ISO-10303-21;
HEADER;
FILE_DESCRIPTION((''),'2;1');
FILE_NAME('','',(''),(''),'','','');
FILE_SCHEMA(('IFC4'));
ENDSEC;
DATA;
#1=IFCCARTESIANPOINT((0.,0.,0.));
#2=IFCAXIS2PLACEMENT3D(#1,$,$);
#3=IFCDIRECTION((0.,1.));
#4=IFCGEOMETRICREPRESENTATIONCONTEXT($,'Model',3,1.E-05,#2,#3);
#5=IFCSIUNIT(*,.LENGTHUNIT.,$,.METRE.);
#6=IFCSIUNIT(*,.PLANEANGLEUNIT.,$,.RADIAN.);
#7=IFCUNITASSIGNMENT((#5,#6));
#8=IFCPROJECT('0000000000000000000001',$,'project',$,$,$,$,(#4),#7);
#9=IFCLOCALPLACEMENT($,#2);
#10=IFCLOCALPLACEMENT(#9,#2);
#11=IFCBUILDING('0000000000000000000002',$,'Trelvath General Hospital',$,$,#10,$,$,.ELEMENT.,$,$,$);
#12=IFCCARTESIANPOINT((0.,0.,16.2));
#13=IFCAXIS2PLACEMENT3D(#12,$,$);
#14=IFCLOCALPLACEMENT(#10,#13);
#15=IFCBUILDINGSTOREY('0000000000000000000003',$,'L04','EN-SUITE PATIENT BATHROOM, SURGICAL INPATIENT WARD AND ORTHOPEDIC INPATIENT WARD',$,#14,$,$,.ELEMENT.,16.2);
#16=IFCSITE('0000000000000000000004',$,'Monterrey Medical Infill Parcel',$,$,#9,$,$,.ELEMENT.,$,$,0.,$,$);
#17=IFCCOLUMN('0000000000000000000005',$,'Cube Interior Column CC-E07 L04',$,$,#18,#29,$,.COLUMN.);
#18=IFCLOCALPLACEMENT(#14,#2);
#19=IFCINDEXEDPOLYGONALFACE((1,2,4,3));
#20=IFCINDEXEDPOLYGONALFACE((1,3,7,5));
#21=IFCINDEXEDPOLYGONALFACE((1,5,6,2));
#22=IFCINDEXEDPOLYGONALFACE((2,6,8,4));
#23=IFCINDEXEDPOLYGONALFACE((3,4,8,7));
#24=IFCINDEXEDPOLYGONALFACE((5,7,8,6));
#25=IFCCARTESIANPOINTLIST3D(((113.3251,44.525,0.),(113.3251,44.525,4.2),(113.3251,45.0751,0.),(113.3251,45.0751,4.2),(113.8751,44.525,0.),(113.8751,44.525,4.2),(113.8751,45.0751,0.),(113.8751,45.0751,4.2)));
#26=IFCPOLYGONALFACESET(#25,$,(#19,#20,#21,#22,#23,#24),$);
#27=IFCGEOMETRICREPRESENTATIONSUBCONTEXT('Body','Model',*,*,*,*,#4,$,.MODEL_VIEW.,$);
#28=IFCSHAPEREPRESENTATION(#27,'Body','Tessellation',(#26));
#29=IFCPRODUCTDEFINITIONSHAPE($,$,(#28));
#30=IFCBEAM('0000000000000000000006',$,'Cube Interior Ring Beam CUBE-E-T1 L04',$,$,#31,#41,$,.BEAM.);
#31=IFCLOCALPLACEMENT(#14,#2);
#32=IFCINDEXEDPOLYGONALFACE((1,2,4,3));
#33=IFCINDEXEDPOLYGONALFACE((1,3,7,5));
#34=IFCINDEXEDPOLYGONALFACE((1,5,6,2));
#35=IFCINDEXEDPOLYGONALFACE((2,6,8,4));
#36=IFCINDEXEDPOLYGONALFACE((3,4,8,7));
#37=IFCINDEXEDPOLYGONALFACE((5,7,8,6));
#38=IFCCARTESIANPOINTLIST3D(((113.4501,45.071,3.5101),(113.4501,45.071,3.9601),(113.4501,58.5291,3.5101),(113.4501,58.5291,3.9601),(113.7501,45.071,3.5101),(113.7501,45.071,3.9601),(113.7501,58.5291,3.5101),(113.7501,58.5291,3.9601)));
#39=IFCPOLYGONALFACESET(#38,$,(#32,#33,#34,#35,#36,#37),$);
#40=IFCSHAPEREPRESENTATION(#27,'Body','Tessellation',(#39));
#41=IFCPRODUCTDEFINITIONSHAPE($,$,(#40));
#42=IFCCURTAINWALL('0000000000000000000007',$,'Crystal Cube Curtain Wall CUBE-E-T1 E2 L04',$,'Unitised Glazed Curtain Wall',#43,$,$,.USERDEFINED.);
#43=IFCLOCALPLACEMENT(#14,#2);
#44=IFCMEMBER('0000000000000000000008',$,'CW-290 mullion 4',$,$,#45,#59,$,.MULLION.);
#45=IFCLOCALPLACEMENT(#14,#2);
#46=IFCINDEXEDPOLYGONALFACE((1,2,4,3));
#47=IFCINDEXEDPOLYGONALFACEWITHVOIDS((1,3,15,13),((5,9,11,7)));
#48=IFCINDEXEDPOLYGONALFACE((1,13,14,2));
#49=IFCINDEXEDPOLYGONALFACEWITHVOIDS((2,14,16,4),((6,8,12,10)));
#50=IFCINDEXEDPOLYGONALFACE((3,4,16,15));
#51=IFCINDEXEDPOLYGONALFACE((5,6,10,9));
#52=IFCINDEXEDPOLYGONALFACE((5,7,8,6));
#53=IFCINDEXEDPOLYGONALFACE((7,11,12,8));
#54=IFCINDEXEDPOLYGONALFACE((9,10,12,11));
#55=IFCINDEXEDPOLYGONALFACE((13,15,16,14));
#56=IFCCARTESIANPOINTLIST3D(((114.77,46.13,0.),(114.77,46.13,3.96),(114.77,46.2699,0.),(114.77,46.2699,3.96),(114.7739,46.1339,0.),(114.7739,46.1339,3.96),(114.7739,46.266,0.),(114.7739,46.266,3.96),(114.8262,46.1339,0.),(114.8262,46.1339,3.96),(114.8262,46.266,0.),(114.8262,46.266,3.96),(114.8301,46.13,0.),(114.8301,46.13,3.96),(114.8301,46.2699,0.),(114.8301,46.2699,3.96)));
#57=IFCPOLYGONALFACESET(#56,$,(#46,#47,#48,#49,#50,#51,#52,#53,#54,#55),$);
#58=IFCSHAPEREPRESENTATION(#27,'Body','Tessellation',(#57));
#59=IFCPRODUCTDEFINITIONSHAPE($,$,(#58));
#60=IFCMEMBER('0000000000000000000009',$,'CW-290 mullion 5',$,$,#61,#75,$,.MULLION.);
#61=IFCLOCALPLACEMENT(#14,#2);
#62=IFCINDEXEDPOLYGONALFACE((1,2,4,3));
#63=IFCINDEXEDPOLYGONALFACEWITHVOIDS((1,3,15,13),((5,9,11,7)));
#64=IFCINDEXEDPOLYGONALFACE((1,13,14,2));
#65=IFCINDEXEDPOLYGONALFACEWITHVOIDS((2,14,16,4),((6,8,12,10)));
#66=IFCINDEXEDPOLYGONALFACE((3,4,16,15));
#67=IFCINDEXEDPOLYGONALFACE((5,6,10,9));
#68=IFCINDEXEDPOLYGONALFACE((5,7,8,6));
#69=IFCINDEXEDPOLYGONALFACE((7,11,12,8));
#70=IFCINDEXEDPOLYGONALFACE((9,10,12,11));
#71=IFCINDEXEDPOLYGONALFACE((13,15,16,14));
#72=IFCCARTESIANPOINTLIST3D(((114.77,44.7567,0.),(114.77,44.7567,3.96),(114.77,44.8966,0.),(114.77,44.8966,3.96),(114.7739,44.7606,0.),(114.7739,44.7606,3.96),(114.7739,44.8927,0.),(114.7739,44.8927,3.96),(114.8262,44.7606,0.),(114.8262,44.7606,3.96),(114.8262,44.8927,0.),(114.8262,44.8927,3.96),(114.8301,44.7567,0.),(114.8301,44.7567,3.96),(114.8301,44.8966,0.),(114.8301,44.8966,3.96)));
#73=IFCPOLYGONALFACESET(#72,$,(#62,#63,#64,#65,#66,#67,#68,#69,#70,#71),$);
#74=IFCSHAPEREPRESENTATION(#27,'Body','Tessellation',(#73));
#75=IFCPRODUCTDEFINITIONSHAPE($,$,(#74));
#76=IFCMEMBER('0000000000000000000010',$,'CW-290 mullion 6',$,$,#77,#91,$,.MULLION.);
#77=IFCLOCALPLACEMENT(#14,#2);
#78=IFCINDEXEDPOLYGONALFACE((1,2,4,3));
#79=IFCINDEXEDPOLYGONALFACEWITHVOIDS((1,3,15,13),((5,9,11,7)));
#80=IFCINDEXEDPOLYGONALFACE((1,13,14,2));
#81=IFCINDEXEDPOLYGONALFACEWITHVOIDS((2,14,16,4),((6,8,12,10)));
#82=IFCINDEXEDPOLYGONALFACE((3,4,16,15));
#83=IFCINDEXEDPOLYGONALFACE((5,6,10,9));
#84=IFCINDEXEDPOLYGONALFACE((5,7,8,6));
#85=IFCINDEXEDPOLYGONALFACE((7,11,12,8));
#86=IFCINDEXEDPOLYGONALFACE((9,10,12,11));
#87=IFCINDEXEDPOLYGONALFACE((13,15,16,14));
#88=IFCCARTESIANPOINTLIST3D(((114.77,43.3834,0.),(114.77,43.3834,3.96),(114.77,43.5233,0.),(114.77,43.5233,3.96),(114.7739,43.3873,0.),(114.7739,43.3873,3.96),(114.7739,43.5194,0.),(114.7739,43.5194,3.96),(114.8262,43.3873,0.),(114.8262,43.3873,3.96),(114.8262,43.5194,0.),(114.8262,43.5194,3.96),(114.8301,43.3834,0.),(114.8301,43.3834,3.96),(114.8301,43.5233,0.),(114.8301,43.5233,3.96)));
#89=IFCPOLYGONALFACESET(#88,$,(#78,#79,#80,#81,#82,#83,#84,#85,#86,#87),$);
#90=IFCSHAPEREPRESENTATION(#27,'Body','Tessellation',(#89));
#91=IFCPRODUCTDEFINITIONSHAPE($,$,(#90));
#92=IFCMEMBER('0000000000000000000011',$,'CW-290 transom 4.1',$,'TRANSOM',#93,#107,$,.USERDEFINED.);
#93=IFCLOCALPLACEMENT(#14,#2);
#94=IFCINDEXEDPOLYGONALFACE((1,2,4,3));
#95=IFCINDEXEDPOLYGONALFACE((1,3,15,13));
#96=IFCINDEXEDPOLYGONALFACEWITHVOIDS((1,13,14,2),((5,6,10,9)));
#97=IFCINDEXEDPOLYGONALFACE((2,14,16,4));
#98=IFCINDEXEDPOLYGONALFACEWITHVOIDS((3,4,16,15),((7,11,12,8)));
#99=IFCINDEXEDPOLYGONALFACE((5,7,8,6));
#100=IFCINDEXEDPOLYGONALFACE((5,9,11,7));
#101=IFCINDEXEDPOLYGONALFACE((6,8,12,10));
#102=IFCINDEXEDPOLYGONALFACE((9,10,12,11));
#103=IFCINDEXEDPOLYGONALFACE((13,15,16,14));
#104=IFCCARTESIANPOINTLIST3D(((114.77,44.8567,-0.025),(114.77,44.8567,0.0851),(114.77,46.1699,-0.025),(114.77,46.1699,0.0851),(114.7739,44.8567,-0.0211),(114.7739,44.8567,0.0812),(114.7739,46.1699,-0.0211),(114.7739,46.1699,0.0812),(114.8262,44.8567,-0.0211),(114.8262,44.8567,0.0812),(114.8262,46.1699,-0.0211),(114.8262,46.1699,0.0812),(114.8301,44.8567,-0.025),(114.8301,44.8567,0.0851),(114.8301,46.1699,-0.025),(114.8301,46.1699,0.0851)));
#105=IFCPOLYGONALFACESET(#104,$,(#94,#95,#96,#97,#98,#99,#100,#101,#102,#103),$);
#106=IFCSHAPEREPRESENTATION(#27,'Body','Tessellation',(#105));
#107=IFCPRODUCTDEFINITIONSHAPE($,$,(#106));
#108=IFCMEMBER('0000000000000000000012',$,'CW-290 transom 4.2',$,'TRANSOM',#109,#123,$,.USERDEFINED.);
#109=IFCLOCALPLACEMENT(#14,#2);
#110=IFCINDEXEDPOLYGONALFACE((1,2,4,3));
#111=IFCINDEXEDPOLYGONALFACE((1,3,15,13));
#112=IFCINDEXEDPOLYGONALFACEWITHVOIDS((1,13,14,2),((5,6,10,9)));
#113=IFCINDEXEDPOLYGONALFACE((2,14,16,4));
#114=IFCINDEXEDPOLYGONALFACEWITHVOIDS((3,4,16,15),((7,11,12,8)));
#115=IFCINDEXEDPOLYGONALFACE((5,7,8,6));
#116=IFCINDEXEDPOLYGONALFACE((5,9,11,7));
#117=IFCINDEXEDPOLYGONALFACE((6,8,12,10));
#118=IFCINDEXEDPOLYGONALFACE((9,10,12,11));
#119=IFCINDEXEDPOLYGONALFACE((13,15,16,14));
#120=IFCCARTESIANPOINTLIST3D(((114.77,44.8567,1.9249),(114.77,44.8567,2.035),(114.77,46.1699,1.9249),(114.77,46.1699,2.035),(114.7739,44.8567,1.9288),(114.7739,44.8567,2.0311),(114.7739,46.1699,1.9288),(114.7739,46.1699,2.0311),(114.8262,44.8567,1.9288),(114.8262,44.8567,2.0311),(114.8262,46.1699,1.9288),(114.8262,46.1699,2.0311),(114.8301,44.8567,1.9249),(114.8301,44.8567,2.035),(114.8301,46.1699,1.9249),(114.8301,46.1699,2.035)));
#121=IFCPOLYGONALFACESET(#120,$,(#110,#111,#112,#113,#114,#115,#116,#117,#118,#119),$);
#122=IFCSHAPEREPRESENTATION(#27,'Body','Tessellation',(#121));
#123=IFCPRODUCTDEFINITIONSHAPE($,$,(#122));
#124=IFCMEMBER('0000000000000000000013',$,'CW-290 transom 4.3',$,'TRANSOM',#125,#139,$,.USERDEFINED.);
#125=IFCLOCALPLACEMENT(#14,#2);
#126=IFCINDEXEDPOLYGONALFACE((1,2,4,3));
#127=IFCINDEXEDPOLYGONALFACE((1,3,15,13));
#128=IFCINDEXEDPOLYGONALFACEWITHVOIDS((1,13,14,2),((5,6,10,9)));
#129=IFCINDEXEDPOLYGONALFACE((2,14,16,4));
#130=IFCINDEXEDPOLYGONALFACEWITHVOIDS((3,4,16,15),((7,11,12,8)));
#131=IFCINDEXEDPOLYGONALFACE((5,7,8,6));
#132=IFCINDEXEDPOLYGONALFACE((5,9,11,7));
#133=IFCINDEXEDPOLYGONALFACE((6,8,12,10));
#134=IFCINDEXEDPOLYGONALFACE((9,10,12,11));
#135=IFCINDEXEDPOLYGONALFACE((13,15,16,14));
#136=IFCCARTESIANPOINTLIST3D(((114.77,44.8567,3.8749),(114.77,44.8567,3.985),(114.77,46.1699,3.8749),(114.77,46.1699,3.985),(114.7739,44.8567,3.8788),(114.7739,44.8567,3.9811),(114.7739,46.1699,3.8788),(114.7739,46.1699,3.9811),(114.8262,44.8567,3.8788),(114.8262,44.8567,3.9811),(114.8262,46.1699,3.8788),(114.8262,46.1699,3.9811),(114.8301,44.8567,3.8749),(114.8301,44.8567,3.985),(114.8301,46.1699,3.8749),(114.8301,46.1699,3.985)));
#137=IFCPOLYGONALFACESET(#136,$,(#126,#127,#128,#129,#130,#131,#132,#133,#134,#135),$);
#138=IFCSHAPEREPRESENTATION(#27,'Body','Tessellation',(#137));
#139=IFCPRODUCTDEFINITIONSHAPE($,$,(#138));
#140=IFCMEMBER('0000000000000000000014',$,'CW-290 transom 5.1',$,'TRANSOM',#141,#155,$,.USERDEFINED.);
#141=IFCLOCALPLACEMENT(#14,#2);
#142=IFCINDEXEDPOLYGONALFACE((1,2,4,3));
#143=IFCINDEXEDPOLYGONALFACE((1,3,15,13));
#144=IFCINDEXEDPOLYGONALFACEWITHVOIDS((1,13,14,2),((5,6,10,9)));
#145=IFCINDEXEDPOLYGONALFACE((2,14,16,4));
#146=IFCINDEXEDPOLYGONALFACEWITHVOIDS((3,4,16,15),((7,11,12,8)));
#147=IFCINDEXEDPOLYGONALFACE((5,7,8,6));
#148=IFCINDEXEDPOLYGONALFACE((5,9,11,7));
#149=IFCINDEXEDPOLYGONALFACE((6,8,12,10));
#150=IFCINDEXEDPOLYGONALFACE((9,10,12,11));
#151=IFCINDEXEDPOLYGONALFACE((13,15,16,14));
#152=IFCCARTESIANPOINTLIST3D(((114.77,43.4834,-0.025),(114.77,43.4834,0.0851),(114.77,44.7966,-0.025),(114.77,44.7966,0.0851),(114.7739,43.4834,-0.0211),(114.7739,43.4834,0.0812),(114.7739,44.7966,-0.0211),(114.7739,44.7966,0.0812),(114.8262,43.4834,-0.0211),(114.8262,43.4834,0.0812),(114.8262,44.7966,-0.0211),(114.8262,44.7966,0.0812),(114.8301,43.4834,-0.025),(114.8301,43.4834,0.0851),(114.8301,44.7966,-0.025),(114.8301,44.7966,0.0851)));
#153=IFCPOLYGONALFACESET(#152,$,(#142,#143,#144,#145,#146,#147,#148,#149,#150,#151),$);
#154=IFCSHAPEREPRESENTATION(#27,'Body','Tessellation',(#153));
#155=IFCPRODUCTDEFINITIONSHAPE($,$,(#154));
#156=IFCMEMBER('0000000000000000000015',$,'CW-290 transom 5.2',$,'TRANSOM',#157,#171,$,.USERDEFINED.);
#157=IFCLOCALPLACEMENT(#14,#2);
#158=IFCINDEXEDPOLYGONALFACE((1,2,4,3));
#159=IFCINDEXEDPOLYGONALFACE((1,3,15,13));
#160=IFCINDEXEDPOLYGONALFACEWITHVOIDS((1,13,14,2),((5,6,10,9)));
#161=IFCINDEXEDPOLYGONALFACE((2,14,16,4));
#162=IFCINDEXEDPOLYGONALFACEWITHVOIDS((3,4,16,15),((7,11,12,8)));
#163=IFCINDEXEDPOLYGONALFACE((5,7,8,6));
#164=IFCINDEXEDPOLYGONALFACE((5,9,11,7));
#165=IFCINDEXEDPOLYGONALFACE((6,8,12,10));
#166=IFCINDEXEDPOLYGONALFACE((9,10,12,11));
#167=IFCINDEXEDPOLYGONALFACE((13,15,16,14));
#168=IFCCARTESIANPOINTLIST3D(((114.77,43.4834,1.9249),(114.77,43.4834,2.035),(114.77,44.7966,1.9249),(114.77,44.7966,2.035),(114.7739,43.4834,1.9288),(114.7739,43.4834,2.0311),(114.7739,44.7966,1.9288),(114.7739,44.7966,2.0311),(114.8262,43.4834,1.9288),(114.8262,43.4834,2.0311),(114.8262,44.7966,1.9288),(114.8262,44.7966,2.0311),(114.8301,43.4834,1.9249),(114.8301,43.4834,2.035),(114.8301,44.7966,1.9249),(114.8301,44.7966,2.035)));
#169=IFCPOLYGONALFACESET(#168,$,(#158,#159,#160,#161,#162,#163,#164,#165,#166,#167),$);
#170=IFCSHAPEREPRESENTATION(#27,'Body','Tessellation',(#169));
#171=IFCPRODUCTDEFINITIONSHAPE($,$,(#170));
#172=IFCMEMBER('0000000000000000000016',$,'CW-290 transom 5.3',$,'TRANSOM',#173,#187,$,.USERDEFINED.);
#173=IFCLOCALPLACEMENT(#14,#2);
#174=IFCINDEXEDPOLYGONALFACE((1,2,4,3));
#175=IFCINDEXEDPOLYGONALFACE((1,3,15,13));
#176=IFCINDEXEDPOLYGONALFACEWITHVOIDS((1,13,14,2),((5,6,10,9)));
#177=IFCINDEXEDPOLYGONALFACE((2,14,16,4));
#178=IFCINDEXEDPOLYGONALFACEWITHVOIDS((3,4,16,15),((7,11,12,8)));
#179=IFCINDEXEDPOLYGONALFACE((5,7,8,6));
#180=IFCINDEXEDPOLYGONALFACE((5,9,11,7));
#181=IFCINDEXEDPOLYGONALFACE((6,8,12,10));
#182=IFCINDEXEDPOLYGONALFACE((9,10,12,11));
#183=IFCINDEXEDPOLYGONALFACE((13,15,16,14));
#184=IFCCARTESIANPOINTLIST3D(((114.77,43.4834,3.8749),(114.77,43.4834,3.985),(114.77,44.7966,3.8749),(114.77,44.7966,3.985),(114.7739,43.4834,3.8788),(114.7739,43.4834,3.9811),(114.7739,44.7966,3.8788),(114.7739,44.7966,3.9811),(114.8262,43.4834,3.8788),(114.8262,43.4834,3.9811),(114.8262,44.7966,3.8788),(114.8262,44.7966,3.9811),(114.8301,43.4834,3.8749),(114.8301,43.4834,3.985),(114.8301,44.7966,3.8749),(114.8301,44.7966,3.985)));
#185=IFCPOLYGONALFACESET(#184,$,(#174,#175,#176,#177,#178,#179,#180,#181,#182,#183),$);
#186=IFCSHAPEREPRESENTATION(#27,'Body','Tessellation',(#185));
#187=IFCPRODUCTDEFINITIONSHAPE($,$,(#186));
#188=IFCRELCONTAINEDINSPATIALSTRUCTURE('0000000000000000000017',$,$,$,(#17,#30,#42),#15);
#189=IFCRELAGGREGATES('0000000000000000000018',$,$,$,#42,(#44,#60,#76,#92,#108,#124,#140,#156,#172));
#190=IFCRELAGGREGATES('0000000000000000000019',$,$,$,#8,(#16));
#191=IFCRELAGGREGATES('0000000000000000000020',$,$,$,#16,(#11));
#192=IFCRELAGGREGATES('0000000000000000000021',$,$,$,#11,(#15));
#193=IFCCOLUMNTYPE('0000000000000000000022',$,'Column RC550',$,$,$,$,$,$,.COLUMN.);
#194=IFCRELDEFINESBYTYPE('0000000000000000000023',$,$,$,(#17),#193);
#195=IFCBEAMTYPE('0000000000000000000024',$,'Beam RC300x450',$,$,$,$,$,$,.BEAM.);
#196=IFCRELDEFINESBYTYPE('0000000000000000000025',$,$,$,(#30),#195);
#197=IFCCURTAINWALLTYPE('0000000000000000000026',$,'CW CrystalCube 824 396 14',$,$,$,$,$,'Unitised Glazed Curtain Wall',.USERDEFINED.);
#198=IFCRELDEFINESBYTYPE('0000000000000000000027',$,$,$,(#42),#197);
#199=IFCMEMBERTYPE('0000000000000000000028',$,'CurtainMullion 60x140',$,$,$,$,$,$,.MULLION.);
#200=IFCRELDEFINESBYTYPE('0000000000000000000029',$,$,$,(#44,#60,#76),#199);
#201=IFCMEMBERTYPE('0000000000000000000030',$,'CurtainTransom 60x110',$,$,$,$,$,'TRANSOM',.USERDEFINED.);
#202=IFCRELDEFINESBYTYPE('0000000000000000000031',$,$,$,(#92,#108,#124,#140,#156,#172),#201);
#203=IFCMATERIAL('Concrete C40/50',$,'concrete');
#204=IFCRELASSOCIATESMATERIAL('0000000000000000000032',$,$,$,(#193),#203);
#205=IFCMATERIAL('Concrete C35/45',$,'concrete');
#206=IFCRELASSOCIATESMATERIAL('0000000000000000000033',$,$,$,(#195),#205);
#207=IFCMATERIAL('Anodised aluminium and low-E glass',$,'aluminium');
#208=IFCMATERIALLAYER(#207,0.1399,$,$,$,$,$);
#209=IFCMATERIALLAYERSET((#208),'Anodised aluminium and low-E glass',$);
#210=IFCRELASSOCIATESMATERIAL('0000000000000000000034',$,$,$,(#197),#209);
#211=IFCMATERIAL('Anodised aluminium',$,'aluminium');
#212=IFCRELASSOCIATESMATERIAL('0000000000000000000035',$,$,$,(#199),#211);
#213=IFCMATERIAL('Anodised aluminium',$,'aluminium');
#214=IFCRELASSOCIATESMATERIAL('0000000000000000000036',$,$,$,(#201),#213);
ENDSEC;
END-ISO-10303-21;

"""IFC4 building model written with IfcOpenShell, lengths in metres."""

from ifc_helpers import new_model, si_unit, direction, frame, origin, origin_2d, place, context, subcontext, project, spatial, rectangle, hollow_rectangle, extrude, material, layer, layer_set, material_profile, profile_set, type_object, element, aggregate, save


model = new_model("IFC4")

# Units and contexts
model_context = context("Model", 3, precision=1e-05, world=origin(), true_north=direction((0.0, 1.0)))
body_context = subcontext(model_context, "Body", "Model", "MODEL_VIEW")
ifc_project = project(units=[si_unit("LENGTHUNIT", "METRE"), si_unit("PLANEANGLEUNIT", "RADIAN")], contexts=[model_context])

# Site, building, storey
site_placement = place(None, origin())
site = spatial("IfcSite", under=ifc_project, at=site_placement, Name="Monterrey Medical Infill Parcel", CompositionType="ELEMENT", RefElevation=0.0)
building_placement = place(site_placement, origin())
building = spatial("IfcBuilding", under=site, at=building_placement, Name="Trelvath General Hospital", CompositionType="ELEMENT")
storey_placement = place(building_placement, frame((0.0, 0.0, 16.2)))
storey = spatial("IfcBuildingStorey", under=building, at=storey_placement, Name="L04", Description="EN-SUITE PATIENT BATHROOM, SURGICAL INPATIENT WARD AND ORTHOPEDIC INPATIENT WARD", CompositionType="ELEMENT", Elevation=16.2)

# Column
ifc_material_1 = material(Name="Concrete C40/50", Category="concrete")
ifc_material_profile_1 = material_profile(ifc_material_1, rectangle(XDim=0.55, YDim=0.55, at=origin_2d()), Name="RC550x550")
ifc_profile_set_1 = profile_set([ifc_material_profile_1], Name="Concrete C40/50")
column_type = type_object("IfcColumnType", Name="Column RC550", PredefinedType="COLUMN", material=ifc_profile_set_1)
column_placement = place(storey_placement, frame((113.6001, 44.8, 0.0), z_axis=(0.0, 0.0, 1.0), x_axis=(1.0, 0.0, 0.0)))
element("IfcColumn", 1, at=column_placement, inside=storey, type_object=column_type, Name="Cube Interior Column CC-E07 L04", PredefinedType="COLUMN", context=body_context, shape_type="SweptSolid", body=[
    extrude(rectangle(XDim=0.55, YDim=0.55, at=origin_2d()), origin(), (0.0, 0.0, 1.0), 4.2),
])

# Beam
ifc_material_2 = material(Name="Concrete C35/45", Category="concrete")
ifc_material_profile_2 = material_profile(ifc_material_2, rectangle(XDim=0.3, YDim=0.45, at=origin_2d()), Name="RCB300x450")
ifc_profile_set_2 = profile_set([ifc_material_profile_2], Name="Concrete C35/45")
beam_type = type_object("IfcBeamType", Name="Beam RC300x450", PredefinedType="BEAM", material=ifc_profile_set_2)
beam_placement = place(storey_placement, frame((113.6001, 45.071, 3.7351), z_axis=(0.0, 1.0, 0.0), x_axis=(-1.0, 0.0, 0.0)))
element("IfcBeam", 2, at=beam_placement, inside=storey, type_object=beam_type, Name="Cube Interior Ring Beam CUBE-E-T1 L04", PredefinedType="BEAM", context=body_context, shape_type="SweptSolid", body=[
    extrude(rectangle(XDim=0.3, YDim=0.45, at=origin_2d()), origin(), (0.0, 0.0, 1.0), 13.458),
])

# Curtain wall, members
ifc_material_3 = material(Name="Anodised aluminium and low-E glass", Category="aluminium")
ifc_layer_1 = layer(ifc_material_3, 0.1399)
ifc_layer_set_1 = layer_set([ifc_layer_1], Name="Anodised aluminium and low-E glass")
curtain_wall_type = type_object("IfcCurtainWallType", Name="CW CrystalCube 824 396 14", ElementType="Unitised Glazed Curtain Wall", PredefinedType="USERDEFINED", material=ifc_layer_set_1)
curtain_wall_placement = place(storey_placement, origin())
curtain_wall = element("IfcCurtainWall", 3, at=curtain_wall_placement, inside=storey, type_object=curtain_wall_type, Name="Crystal Cube Curtain Wall CUBE-E-T1 E2 L04", ObjectType="Unitised Glazed Curtain Wall", PredefinedType="USERDEFINED")
ifc_material_4 = material(Name="Anodised aluminium", Category="aluminium")
ifc_material_profile_3 = material_profile(ifc_material_4, hollow_rectangle(XDim=0.0601, YDim=0.1399, WallThickness=0.0039, at=origin_2d()), Name="RHS60x140x4")
ifc_profile_set_3 = profile_set([ifc_material_profile_3], Name="Anodised aluminium")
member_type_1 = type_object("IfcMemberType", Name="CurtainMullion 60x140", PredefinedType="MULLION", material=ifc_profile_set_3)
member_1_placement = place(storey_placement, frame((114.8, 46.2, 0.0), z_axis=(0.0, 0.0, 1.0), x_axis=(1.0, 0.0, 0.0)))
member_1 = element("IfcMember", 4, at=member_1_placement, type_object=member_type_1, Name="CW-290 mullion 4", PredefinedType="MULLION", context=body_context, shape_type="SweptSolid", body=[
    extrude(hollow_rectangle(XDim=0.0601, YDim=0.1399, WallThickness=0.0039, at=origin_2d()), origin(), (0.0, 0.0, 1.0), 3.96),
])
member_2_placement = place(storey_placement, frame((114.8, 44.8267, 0.0), z_axis=(0.0, 0.0, 1.0), x_axis=(1.0, 0.0, 0.0)))
member_2 = element("IfcMember", 5, at=member_2_placement, type_object=member_type_1, Name="CW-290 mullion 5", PredefinedType="MULLION", context=body_context, shape_type="SweptSolid", body=[
    extrude(hollow_rectangle(XDim=0.0601, YDim=0.1399, WallThickness=0.0039, at=origin_2d()), origin(), (0.0, 0.0, 1.0), 3.96),
])
member_3_placement = place(storey_placement, frame((114.8, 43.4534, 0.0), z_axis=(0.0, 0.0, 1.0), x_axis=(1.0, 0.0, 0.0)))
member_3 = element("IfcMember", 6, at=member_3_placement, type_object=member_type_1, Name="CW-290 mullion 6", PredefinedType="MULLION", context=body_context, shape_type="SweptSolid", body=[
    extrude(hollow_rectangle(XDim=0.0601, YDim=0.1399, WallThickness=0.0039, at=origin_2d()), origin(), (0.0, 0.0, 1.0), 3.96),
])
ifc_material_5 = material(Name="Anodised aluminium", Category="aluminium")
ifc_material_profile_4 = material_profile(ifc_material_5, hollow_rectangle(XDim=0.0601, YDim=0.1101, WallThickness=0.0039, at=origin_2d()), Name="RHS60x110x4")
ifc_profile_set_4 = profile_set([ifc_material_profile_4], Name="Anodised aluminium")
member_type_2 = type_object("IfcMemberType", Name="CurtainTransom 60x110", ElementType="TRANSOM", PredefinedType="USERDEFINED", material=ifc_profile_set_4)
member_4_placement = place(storey_placement, frame((114.8, 46.1699, 0.03), z_axis=(0.0, -1.0, 0.0), x_axis=(1.0, 0.0, 0.0)))
member_4 = element("IfcMember", 7, at=member_4_placement, type_object=member_type_2, Name="CW-290 transom 4.1", ObjectType="TRANSOM", PredefinedType="USERDEFINED", context=body_context, shape_type="SweptSolid", body=[
    extrude(hollow_rectangle(XDim=0.0601, YDim=0.1101, WallThickness=0.0039, at=origin_2d()), origin(), (0.0, 0.0, 1.0), 1.3132),
])
member_5_placement = place(storey_placement, frame((114.8, 46.1699, 1.98), z_axis=(0.0, -1.0, 0.0), x_axis=(1.0, 0.0, 0.0)))
member_5 = element("IfcMember", 8, at=member_5_placement, type_object=member_type_2, Name="CW-290 transom 4.2", ObjectType="TRANSOM", PredefinedType="USERDEFINED", context=body_context, shape_type="SweptSolid", body=[
    extrude(hollow_rectangle(XDim=0.0601, YDim=0.1101, WallThickness=0.0039, at=origin_2d()), origin(), (0.0, 0.0, 1.0), 1.3132),
])
member_6_placement = place(storey_placement, frame((114.8, 46.1699, 3.9299), z_axis=(0.0, -1.0, 0.0), x_axis=(1.0, 0.0, 0.0)))
member_6 = element("IfcMember", 9, at=member_6_placement, type_object=member_type_2, Name="CW-290 transom 4.3", ObjectType="TRANSOM", PredefinedType="USERDEFINED", context=body_context, shape_type="SweptSolid", body=[
    extrude(hollow_rectangle(XDim=0.0601, YDim=0.1101, WallThickness=0.0039, at=origin_2d()), origin(), (0.0, 0.0, 1.0), 1.3132),
])
member_7_placement = place(storey_placement, frame((114.8, 44.7966, 0.03), z_axis=(0.0, -1.0, 0.0), x_axis=(1.0, 0.0, 0.0)))
member_7 = element("IfcMember", 10, at=member_7_placement, type_object=member_type_2, Name="CW-290 transom 5.1", ObjectType="TRANSOM", PredefinedType="USERDEFINED", context=body_context, shape_type="SweptSolid", body=[
    extrude(hollow_rectangle(XDim=0.0601, YDim=0.1101, WallThickness=0.0039, at=origin_2d()), origin(), (0.0, 0.0, 1.0), 1.3132),
])
member_8_placement = place(storey_placement, frame((114.8, 44.7966, 1.98), z_axis=(0.0, -1.0, 0.0), x_axis=(1.0, 0.0, 0.0)))
member_8 = element("IfcMember", 11, at=member_8_placement, type_object=member_type_2, Name="CW-290 transom 5.2", ObjectType="TRANSOM", PredefinedType="USERDEFINED", context=body_context, shape_type="SweptSolid", body=[
    extrude(hollow_rectangle(XDim=0.0601, YDim=0.1101, WallThickness=0.0039, at=origin_2d()), origin(), (0.0, 0.0, 1.0), 1.3132),
])
member_9_placement = place(storey_placement, frame((114.8, 44.7966, 3.9299), z_axis=(0.0, -1.0, 0.0), x_axis=(1.0, 0.0, 0.0)))
member_9 = element("IfcMember", 12, at=member_9_placement, type_object=member_type_2, Name="CW-290 transom 5.3", ObjectType="TRANSOM", PredefinedType="USERDEFINED", context=body_context, shape_type="SweptSolid", body=[
    extrude(hollow_rectangle(XDim=0.0601, YDim=0.1101, WallThickness=0.0039, at=origin_2d()), origin(), (0.0, 0.0, 1.0), 1.3132),
])
aggregate(curtain_wall, [member_1, member_2, member_3, member_4, member_5, member_6, member_7, member_8, member_9])

save(model, "model.ifc")
